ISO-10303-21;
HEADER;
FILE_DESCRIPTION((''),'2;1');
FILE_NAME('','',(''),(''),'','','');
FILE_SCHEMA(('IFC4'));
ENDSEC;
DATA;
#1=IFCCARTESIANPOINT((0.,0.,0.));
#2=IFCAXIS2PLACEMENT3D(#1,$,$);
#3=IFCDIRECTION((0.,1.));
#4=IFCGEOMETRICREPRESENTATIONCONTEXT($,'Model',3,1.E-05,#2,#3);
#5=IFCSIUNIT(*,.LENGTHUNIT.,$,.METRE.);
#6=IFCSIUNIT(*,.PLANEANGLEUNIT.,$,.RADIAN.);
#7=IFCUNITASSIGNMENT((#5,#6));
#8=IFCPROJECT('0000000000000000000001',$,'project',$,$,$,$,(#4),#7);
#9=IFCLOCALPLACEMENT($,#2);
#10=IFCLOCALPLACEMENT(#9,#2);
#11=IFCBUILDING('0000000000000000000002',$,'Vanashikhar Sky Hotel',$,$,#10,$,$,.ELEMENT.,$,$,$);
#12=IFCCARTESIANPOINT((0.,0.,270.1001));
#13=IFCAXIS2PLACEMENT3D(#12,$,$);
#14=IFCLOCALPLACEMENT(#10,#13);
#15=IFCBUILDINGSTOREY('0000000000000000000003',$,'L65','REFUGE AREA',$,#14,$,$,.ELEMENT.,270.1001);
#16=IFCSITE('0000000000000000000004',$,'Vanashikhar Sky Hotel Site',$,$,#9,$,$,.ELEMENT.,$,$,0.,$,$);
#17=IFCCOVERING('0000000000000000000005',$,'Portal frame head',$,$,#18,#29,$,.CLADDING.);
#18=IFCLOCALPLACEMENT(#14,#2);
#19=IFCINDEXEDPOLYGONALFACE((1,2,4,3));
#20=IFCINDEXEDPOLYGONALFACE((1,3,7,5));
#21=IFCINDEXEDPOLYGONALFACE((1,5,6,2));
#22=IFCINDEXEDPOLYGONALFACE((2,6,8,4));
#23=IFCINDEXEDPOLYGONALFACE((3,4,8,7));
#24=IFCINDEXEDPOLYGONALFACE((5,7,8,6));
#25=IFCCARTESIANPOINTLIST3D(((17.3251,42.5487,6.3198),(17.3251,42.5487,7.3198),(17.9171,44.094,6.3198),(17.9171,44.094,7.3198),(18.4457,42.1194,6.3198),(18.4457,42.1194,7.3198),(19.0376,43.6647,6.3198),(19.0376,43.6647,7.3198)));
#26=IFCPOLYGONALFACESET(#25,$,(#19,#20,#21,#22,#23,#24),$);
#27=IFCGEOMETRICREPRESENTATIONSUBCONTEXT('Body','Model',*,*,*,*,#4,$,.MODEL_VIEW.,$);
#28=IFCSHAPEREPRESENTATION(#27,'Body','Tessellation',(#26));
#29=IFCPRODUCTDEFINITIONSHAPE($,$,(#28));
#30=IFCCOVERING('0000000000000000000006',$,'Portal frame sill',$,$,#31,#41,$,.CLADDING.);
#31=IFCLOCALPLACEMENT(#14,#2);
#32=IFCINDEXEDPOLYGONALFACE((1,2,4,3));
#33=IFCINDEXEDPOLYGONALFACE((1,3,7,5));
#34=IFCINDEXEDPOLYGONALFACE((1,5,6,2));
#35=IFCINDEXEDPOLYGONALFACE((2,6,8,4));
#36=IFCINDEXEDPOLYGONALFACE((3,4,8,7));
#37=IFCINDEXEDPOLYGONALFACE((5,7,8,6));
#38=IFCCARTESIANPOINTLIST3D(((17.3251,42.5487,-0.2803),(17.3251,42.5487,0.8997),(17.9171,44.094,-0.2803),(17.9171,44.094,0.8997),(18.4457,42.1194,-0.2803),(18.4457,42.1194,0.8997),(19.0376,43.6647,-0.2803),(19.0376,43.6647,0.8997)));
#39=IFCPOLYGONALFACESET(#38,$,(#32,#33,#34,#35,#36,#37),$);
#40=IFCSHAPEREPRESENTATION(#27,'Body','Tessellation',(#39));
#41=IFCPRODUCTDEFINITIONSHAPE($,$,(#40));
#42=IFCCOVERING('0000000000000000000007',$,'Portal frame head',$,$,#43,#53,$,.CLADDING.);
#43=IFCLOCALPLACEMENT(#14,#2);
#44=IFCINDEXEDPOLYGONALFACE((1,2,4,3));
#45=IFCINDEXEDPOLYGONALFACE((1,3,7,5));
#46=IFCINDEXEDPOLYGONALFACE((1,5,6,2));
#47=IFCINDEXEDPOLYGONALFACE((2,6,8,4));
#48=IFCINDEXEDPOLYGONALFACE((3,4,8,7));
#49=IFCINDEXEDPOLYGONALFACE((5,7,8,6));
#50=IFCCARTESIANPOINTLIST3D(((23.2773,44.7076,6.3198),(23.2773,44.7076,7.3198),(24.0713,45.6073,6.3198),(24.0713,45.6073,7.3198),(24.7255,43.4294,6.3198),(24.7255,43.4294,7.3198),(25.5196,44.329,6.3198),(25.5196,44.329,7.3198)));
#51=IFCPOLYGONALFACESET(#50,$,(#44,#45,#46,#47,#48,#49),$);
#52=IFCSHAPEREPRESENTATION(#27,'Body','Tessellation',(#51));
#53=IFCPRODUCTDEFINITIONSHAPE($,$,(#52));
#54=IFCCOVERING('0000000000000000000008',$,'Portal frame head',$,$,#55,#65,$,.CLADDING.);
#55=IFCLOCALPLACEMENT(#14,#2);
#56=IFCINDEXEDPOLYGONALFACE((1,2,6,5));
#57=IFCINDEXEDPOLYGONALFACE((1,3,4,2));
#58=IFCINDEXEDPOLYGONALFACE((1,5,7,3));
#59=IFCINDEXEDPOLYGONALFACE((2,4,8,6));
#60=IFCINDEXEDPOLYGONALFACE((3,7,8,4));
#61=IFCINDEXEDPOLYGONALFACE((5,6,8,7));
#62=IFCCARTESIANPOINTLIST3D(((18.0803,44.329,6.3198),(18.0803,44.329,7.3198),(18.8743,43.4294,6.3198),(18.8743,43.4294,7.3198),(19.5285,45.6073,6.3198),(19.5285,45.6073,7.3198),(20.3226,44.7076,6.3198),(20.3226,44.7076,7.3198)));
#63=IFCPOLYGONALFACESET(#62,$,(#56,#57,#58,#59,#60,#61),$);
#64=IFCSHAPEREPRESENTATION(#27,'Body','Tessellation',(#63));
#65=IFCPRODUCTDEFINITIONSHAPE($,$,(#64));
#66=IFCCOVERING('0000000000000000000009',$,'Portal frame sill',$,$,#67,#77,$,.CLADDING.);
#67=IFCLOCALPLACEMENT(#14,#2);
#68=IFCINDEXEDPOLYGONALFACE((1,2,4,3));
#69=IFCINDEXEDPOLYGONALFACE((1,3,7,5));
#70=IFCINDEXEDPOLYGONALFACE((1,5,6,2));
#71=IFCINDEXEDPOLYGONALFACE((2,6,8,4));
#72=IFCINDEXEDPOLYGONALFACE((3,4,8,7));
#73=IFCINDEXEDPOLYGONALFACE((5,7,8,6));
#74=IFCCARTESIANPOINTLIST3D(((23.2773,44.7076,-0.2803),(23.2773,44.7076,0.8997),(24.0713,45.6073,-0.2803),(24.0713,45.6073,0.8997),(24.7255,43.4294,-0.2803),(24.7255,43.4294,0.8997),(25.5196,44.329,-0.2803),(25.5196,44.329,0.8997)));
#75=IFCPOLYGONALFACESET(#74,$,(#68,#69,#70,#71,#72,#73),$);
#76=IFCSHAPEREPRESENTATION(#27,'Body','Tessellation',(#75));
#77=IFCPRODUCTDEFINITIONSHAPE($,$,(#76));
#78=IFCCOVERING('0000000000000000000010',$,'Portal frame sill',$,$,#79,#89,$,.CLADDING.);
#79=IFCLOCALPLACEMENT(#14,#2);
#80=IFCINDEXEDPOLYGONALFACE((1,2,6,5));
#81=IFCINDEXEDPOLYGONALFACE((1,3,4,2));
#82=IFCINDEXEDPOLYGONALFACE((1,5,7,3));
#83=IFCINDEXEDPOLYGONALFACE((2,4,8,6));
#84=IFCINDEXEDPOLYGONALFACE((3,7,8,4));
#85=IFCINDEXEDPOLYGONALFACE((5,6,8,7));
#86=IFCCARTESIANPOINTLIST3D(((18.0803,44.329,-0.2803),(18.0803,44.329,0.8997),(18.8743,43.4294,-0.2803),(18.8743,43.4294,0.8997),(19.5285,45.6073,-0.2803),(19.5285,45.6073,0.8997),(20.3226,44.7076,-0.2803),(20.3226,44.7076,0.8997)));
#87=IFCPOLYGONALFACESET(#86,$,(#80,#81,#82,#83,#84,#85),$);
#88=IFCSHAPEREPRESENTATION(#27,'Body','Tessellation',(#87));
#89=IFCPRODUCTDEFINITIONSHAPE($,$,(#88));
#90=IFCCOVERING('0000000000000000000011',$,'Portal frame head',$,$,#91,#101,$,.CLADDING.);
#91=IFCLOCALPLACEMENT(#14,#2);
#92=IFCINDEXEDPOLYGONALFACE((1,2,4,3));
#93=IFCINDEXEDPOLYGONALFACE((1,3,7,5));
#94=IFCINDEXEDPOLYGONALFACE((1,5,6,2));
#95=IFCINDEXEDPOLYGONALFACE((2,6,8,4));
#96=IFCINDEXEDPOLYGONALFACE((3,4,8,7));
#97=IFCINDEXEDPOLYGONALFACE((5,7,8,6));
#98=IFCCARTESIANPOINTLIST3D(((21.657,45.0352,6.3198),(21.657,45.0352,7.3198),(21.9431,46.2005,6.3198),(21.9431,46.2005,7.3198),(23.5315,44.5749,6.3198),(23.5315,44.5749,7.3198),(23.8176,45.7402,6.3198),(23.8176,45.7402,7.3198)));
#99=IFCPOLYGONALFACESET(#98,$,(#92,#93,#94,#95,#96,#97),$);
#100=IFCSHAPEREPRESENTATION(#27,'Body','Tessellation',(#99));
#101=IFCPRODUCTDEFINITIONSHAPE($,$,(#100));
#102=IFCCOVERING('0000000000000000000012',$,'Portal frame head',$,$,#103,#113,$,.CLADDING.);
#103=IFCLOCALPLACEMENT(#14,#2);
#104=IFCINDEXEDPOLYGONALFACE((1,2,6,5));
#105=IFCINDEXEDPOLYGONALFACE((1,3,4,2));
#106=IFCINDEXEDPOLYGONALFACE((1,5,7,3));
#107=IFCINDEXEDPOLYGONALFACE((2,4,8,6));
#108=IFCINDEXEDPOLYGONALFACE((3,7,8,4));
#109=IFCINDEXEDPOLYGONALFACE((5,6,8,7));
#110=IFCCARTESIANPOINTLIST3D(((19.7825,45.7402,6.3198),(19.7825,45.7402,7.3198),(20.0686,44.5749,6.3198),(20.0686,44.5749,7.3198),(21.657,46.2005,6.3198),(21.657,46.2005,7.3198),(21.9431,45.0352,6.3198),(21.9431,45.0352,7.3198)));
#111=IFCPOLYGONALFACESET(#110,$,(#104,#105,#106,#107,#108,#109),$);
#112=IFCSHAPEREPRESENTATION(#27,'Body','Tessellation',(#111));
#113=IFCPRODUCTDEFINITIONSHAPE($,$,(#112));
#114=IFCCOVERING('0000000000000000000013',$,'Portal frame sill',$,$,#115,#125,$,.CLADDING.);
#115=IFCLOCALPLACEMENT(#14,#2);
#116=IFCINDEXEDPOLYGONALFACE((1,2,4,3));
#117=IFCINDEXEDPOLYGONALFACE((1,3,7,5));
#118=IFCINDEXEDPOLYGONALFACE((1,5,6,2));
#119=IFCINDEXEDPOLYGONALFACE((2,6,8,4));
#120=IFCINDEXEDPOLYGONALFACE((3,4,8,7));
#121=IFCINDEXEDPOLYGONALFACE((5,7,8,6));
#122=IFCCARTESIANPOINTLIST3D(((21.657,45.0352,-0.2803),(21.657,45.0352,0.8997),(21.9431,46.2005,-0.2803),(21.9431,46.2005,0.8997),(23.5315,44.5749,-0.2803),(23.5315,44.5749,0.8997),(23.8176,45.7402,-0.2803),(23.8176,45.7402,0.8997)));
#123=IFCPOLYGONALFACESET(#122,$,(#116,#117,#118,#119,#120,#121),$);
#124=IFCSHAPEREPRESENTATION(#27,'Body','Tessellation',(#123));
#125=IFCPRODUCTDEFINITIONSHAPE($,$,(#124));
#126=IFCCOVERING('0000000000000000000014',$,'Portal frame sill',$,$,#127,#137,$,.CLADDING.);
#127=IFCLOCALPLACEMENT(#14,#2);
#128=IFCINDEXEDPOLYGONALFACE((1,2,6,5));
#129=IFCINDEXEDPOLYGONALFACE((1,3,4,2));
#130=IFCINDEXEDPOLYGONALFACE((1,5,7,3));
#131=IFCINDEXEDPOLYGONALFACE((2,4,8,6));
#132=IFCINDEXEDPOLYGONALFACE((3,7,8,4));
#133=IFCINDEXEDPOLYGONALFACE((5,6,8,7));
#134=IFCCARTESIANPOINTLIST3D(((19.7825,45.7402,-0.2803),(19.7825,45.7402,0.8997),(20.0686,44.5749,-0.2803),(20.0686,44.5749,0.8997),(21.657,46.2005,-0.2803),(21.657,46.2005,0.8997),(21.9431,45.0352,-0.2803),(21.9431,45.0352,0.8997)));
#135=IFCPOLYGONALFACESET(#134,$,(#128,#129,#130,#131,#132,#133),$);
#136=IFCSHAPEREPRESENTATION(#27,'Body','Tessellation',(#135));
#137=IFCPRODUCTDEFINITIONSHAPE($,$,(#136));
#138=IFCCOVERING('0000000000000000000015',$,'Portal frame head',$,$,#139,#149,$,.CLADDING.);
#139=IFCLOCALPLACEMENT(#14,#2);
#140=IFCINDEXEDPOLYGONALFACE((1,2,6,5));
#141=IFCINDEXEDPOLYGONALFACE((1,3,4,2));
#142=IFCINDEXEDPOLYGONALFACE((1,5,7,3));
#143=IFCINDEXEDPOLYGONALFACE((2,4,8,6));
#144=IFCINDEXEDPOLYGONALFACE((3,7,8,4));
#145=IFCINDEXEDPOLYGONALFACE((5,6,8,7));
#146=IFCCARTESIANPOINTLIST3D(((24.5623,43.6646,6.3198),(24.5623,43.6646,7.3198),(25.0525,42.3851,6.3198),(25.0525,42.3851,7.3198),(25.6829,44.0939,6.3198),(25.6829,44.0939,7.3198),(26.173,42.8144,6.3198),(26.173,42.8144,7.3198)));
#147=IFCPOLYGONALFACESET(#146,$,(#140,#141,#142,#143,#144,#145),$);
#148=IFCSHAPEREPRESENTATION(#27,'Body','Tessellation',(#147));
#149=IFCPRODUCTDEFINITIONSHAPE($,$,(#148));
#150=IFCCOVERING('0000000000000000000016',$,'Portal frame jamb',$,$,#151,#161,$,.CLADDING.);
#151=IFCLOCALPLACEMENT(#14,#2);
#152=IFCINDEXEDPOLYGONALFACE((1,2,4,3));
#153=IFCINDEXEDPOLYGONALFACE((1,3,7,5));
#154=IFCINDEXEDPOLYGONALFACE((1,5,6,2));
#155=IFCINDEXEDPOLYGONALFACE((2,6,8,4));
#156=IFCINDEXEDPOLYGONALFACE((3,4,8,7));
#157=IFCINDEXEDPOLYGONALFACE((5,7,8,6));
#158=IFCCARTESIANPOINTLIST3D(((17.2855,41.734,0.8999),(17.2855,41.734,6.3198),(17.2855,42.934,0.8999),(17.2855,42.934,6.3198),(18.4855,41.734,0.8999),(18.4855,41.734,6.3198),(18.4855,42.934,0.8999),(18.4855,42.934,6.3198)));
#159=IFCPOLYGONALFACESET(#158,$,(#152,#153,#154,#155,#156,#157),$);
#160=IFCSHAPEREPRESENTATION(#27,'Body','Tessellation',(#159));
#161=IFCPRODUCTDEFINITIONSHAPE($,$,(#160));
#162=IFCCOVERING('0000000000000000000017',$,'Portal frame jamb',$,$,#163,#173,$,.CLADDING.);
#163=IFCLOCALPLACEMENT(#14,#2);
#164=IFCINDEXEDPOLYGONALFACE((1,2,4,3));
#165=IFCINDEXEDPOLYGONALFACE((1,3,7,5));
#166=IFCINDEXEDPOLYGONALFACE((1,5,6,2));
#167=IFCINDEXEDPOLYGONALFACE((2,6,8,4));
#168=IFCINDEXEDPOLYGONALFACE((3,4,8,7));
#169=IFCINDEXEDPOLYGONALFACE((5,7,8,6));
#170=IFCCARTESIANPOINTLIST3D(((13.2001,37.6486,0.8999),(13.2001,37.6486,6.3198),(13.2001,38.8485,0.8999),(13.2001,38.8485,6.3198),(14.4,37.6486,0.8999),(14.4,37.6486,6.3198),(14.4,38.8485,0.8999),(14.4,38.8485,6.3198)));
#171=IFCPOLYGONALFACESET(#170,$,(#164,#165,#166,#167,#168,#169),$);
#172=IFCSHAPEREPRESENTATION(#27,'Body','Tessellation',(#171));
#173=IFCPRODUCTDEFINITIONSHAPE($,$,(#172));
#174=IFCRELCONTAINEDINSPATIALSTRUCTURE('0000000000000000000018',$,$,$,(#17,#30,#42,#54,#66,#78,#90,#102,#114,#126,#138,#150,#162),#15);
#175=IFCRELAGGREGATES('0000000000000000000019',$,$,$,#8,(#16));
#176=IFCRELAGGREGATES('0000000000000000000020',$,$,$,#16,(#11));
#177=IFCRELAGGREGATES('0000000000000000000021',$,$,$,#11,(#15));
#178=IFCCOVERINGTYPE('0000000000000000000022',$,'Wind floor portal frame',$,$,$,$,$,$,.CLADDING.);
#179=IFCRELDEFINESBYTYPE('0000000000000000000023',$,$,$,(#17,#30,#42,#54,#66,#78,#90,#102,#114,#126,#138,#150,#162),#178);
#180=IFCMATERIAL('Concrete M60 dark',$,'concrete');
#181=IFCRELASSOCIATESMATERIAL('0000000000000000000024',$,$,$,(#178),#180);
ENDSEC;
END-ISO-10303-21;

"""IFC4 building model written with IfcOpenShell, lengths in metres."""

from ifc_helpers import new_model, si_unit, direction, frame, origin, origin_2d, place, context, subcontext, project, spatial, rectangle, extrude, source, transform, mapped, material, type_object, element, save


model = new_model("IFC4")

# Units and contexts
model_context = context("Model", 3, precision=1e-05, world=origin(), true_north=direction((0.0, 1.0)))
body_context = subcontext(model_context, "Body", "Model", "MODEL_VIEW")
ifc_project = project(units=[si_unit("LENGTHUNIT", "METRE"), si_unit("PLANEANGLEUNIT", "RADIAN")], contexts=[model_context])

# Site, building, storey
site_placement = place(None, origin())
site = spatial("IfcSite", under=ifc_project, at=site_placement, Name="Vanashikhar Sky Hotel Site", CompositionType="ELEMENT", RefElevation=0.0)
building_placement = place(site_placement, origin())
building = spatial("IfcBuilding", under=site, at=building_placement, Name="Vanashikhar Sky Hotel", CompositionType="ELEMENT")
storey_placement = place(building_placement, frame((0.0, 0.0, 270.1001)))
storey = spatial("IfcBuildingStorey", under=building, at=storey_placement, Name="L65", Description="REFUGE AREA", CompositionType="ELEMENT", Elevation=270.1001)

# Coverings
ifc_material_1 = material(Name="Concrete M60 dark", Category="concrete")
covering_type = type_object("IfcCoveringType", Name="Wind floor portal frame", PredefinedType="CLADDING", material=ifc_material_1)
shared_shape_1 = source(origin(), body_context, "Body", "SweptSolid", [
    extrude(rectangle(XDim=1.6548, YDim=1.2, at=origin_2d()), origin(), (0.0, 0.0, 1.0), 1.0),
])
covering_1_placement = place(storey_placement, frame((18.1814, 43.1067, 6.3198), z_axis=(0.0, 0.0, 1.0), x_axis=(-0.357716, -0.93383, 0.0)))
element("IfcCovering", 1, at=covering_1_placement, inside=storey, type_object=covering_type, Name="Portal frame head", PredefinedType="CLADDING", context=body_context, shape_type="MappedRepresentation", body=[
    mapped(shared_shape_1, transform((0.0, 0.0, 0.0), scale=1.0)),
])
shared_shape_2 = source(origin(), body_context, "Body", "SweptSolid", [
    extrude(rectangle(XDim=1.6548, YDim=1.2, at=origin_2d()), origin(), (0.0, 0.0, 1.0), 1.1799),
])
covering_2_placement = place(storey_placement, frame((18.1814, 43.1067, -0.2803), z_axis=(0.0, 0.0, 1.0), x_axis=(-0.357716, -0.93383, 0.0)))
element("IfcCovering", 2, at=covering_2_placement, inside=storey, type_object=covering_type, Name="Portal frame sill", PredefinedType="CLADDING", context=body_context, shape_type="MappedRepresentation", body=[
    mapped(shared_shape_2, transform((0.0, 0.0, 0.0), scale=1.0)),
])
shared_shape_3 = source(origin(), body_context, "Body", "SweptSolid", [
    extrude(rectangle(XDim=1.9316, YDim=1.2, at=origin_2d()), origin(), (0.0, 0.0, 1.0), 1.0),
])
for number, where, z_axis, x_axis, name in (
    (3, (24.3984, 44.5183, 6.3198), (0.0, 0.0, 1.0), (-0.749742, 0.661731, 0.0), "Portal frame head"),
    (4, (19.2014, 44.5183, 6.3198), (0.0, 0.0, 1.0), (-0.749742, -0.661731, 0.0), "Portal frame head"),
):
    element("IfcCovering", number, at=place(storey_placement, frame(where, z_axis=z_axis, x_axis=x_axis)), inside=storey, type_object=covering_type, Name=name, PredefinedType="CLADDING", context=body_context, shape_type="MappedRepresentation", body=[
        mapped(shared_shape_3, transform((0.0, 0.0, 0.0), scale=1.0)),
    ])
shared_shape_4 = source(origin(), body_context, "Body", "SweptSolid", [
    extrude(rectangle(XDim=1.9316, YDim=1.2, at=origin_2d()), origin(), (0.0, 0.0, 1.0), 1.1799),
])
for number, where, z_axis, x_axis, name in (
    (5, (24.3984, 44.5183, -0.2803), (0.0, 0.0, 1.0), (-0.749742, 0.661731, 0.0), "Portal frame sill"),
    (6, (19.2014, 44.5183, -0.2803), (0.0, 0.0, 1.0), (-0.749742, -0.661731, 0.0), "Portal frame sill"),
):
    element("IfcCovering", number, at=place(storey_placement, frame(where, z_axis=z_axis, x_axis=x_axis)), inside=storey, type_object=covering_type, Name=name, PredefinedType="CLADDING", context=body_context, shape_type="MappedRepresentation", body=[
        mapped(shared_shape_4, transform((0.0, 0.0, 0.0), scale=1.0)),
    ])
shared_shape_5 = source(origin(), body_context, "Body", "SweptSolid", [
    extrude(rectangle(XDim=1.9302, YDim=1.2, at=origin_2d()), origin(), (0.0, 0.0, 1.0), 1.0),
])
for number, where, z_axis, x_axis, name in (
    (7, (22.7373, 45.3877, 6.3198), (0.0, 0.0, 1.0), (-0.971147, 0.238483, 0.0), "Portal frame head"),
    (8, (20.8628, 45.3877, 6.3198), (0.0, 0.0, 1.0), (-0.971147, -0.238483, 0.0), "Portal frame head"),
):
    element("IfcCovering", number, at=place(storey_placement, frame(where, z_axis=z_axis, x_axis=x_axis)), inside=storey, type_object=covering_type, Name=name, PredefinedType="CLADDING", context=body_context, shape_type="MappedRepresentation", body=[
        mapped(shared_shape_5, transform((0.0, 0.0, 0.0), scale=1.0)),
    ])
shared_shape_6 = source(origin(), body_context, "Body", "SweptSolid", [
    extrude(rectangle(XDim=1.9302, YDim=1.2, at=origin_2d()), origin(), (0.0, 0.0, 1.0), 1.1799),
])
for number, where, z_axis, x_axis, name in (
    (9, (22.7373, 45.3877, -0.2803), (0.0, 0.0, 1.0), (-0.971147, 0.238483, 0.0), "Portal frame sill"),
    (10, (20.8628, 45.3877, -0.2803), (0.0, 0.0, 1.0), (-0.971147, -0.238483, 0.0), "Portal frame sill"),
):
    element("IfcCovering", number, at=place(storey_placement, frame(where, z_axis=z_axis, x_axis=x_axis)), inside=storey, type_object=covering_type, Name=name, PredefinedType="CLADDING", context=body_context, shape_type="MappedRepresentation", body=[
        mapped(shared_shape_6, transform((0.0, 0.0, 0.0), scale=1.0)),
    ])
shared_shape_7 = source(origin(), body_context, "Body", "SweptSolid", [
    extrude(rectangle(XDim=1.3701, YDim=1.2, at=origin_2d()), origin(), (0.0, 0.0, 1.0), 1.0),
])
covering_3_placement = place(storey_placement, frame((25.3677, 43.2395, 6.3198), z_axis=(0.0, 0.0, 1.0), x_axis=(-0.357749, 0.933818, 0.0)))
element("IfcCovering", 11, at=covering_3_placement, inside=storey, type_object=covering_type, Name="Portal frame head", PredefinedType="CLADDING", context=body_context, shape_type="MappedRepresentation", body=[
    mapped(shared_shape_7, transform((0.0, 0.0, 0.0), scale=1.0)),
])
shared_shape_8 = source(origin(), body_context, "Body", "SweptSolid", [
    extrude(rectangle(XDim=1.2, YDim=1.2, at=origin_2d()), origin(), (0.0, 0.0, 1.0), 5.4199),
])
for number, where, z_axis, x_axis, name in (
    (12, (17.8855, 42.334, 0.8999), (0.0, 0.0, 1.0), (1.0, 0.0, 0.0), "Portal frame jamb"),
    (13, (13.8, 38.2485, 0.8999), (0.0, 0.0, 1.0), (1.0, 0.0, 0.0), "Portal frame jamb"),
):
    element("IfcCovering", number, at=place(storey_placement, frame(where, z_axis=z_axis, x_axis=x_axis)), inside=storey, type_object=covering_type, Name=name, PredefinedType="CLADDING", context=body_context, shape_type="MappedRepresentation", body=[
        mapped(shared_shape_8, transform((0.0, 0.0, 0.0), scale=1.0)),
    ])

save(model, "model.ifc")
